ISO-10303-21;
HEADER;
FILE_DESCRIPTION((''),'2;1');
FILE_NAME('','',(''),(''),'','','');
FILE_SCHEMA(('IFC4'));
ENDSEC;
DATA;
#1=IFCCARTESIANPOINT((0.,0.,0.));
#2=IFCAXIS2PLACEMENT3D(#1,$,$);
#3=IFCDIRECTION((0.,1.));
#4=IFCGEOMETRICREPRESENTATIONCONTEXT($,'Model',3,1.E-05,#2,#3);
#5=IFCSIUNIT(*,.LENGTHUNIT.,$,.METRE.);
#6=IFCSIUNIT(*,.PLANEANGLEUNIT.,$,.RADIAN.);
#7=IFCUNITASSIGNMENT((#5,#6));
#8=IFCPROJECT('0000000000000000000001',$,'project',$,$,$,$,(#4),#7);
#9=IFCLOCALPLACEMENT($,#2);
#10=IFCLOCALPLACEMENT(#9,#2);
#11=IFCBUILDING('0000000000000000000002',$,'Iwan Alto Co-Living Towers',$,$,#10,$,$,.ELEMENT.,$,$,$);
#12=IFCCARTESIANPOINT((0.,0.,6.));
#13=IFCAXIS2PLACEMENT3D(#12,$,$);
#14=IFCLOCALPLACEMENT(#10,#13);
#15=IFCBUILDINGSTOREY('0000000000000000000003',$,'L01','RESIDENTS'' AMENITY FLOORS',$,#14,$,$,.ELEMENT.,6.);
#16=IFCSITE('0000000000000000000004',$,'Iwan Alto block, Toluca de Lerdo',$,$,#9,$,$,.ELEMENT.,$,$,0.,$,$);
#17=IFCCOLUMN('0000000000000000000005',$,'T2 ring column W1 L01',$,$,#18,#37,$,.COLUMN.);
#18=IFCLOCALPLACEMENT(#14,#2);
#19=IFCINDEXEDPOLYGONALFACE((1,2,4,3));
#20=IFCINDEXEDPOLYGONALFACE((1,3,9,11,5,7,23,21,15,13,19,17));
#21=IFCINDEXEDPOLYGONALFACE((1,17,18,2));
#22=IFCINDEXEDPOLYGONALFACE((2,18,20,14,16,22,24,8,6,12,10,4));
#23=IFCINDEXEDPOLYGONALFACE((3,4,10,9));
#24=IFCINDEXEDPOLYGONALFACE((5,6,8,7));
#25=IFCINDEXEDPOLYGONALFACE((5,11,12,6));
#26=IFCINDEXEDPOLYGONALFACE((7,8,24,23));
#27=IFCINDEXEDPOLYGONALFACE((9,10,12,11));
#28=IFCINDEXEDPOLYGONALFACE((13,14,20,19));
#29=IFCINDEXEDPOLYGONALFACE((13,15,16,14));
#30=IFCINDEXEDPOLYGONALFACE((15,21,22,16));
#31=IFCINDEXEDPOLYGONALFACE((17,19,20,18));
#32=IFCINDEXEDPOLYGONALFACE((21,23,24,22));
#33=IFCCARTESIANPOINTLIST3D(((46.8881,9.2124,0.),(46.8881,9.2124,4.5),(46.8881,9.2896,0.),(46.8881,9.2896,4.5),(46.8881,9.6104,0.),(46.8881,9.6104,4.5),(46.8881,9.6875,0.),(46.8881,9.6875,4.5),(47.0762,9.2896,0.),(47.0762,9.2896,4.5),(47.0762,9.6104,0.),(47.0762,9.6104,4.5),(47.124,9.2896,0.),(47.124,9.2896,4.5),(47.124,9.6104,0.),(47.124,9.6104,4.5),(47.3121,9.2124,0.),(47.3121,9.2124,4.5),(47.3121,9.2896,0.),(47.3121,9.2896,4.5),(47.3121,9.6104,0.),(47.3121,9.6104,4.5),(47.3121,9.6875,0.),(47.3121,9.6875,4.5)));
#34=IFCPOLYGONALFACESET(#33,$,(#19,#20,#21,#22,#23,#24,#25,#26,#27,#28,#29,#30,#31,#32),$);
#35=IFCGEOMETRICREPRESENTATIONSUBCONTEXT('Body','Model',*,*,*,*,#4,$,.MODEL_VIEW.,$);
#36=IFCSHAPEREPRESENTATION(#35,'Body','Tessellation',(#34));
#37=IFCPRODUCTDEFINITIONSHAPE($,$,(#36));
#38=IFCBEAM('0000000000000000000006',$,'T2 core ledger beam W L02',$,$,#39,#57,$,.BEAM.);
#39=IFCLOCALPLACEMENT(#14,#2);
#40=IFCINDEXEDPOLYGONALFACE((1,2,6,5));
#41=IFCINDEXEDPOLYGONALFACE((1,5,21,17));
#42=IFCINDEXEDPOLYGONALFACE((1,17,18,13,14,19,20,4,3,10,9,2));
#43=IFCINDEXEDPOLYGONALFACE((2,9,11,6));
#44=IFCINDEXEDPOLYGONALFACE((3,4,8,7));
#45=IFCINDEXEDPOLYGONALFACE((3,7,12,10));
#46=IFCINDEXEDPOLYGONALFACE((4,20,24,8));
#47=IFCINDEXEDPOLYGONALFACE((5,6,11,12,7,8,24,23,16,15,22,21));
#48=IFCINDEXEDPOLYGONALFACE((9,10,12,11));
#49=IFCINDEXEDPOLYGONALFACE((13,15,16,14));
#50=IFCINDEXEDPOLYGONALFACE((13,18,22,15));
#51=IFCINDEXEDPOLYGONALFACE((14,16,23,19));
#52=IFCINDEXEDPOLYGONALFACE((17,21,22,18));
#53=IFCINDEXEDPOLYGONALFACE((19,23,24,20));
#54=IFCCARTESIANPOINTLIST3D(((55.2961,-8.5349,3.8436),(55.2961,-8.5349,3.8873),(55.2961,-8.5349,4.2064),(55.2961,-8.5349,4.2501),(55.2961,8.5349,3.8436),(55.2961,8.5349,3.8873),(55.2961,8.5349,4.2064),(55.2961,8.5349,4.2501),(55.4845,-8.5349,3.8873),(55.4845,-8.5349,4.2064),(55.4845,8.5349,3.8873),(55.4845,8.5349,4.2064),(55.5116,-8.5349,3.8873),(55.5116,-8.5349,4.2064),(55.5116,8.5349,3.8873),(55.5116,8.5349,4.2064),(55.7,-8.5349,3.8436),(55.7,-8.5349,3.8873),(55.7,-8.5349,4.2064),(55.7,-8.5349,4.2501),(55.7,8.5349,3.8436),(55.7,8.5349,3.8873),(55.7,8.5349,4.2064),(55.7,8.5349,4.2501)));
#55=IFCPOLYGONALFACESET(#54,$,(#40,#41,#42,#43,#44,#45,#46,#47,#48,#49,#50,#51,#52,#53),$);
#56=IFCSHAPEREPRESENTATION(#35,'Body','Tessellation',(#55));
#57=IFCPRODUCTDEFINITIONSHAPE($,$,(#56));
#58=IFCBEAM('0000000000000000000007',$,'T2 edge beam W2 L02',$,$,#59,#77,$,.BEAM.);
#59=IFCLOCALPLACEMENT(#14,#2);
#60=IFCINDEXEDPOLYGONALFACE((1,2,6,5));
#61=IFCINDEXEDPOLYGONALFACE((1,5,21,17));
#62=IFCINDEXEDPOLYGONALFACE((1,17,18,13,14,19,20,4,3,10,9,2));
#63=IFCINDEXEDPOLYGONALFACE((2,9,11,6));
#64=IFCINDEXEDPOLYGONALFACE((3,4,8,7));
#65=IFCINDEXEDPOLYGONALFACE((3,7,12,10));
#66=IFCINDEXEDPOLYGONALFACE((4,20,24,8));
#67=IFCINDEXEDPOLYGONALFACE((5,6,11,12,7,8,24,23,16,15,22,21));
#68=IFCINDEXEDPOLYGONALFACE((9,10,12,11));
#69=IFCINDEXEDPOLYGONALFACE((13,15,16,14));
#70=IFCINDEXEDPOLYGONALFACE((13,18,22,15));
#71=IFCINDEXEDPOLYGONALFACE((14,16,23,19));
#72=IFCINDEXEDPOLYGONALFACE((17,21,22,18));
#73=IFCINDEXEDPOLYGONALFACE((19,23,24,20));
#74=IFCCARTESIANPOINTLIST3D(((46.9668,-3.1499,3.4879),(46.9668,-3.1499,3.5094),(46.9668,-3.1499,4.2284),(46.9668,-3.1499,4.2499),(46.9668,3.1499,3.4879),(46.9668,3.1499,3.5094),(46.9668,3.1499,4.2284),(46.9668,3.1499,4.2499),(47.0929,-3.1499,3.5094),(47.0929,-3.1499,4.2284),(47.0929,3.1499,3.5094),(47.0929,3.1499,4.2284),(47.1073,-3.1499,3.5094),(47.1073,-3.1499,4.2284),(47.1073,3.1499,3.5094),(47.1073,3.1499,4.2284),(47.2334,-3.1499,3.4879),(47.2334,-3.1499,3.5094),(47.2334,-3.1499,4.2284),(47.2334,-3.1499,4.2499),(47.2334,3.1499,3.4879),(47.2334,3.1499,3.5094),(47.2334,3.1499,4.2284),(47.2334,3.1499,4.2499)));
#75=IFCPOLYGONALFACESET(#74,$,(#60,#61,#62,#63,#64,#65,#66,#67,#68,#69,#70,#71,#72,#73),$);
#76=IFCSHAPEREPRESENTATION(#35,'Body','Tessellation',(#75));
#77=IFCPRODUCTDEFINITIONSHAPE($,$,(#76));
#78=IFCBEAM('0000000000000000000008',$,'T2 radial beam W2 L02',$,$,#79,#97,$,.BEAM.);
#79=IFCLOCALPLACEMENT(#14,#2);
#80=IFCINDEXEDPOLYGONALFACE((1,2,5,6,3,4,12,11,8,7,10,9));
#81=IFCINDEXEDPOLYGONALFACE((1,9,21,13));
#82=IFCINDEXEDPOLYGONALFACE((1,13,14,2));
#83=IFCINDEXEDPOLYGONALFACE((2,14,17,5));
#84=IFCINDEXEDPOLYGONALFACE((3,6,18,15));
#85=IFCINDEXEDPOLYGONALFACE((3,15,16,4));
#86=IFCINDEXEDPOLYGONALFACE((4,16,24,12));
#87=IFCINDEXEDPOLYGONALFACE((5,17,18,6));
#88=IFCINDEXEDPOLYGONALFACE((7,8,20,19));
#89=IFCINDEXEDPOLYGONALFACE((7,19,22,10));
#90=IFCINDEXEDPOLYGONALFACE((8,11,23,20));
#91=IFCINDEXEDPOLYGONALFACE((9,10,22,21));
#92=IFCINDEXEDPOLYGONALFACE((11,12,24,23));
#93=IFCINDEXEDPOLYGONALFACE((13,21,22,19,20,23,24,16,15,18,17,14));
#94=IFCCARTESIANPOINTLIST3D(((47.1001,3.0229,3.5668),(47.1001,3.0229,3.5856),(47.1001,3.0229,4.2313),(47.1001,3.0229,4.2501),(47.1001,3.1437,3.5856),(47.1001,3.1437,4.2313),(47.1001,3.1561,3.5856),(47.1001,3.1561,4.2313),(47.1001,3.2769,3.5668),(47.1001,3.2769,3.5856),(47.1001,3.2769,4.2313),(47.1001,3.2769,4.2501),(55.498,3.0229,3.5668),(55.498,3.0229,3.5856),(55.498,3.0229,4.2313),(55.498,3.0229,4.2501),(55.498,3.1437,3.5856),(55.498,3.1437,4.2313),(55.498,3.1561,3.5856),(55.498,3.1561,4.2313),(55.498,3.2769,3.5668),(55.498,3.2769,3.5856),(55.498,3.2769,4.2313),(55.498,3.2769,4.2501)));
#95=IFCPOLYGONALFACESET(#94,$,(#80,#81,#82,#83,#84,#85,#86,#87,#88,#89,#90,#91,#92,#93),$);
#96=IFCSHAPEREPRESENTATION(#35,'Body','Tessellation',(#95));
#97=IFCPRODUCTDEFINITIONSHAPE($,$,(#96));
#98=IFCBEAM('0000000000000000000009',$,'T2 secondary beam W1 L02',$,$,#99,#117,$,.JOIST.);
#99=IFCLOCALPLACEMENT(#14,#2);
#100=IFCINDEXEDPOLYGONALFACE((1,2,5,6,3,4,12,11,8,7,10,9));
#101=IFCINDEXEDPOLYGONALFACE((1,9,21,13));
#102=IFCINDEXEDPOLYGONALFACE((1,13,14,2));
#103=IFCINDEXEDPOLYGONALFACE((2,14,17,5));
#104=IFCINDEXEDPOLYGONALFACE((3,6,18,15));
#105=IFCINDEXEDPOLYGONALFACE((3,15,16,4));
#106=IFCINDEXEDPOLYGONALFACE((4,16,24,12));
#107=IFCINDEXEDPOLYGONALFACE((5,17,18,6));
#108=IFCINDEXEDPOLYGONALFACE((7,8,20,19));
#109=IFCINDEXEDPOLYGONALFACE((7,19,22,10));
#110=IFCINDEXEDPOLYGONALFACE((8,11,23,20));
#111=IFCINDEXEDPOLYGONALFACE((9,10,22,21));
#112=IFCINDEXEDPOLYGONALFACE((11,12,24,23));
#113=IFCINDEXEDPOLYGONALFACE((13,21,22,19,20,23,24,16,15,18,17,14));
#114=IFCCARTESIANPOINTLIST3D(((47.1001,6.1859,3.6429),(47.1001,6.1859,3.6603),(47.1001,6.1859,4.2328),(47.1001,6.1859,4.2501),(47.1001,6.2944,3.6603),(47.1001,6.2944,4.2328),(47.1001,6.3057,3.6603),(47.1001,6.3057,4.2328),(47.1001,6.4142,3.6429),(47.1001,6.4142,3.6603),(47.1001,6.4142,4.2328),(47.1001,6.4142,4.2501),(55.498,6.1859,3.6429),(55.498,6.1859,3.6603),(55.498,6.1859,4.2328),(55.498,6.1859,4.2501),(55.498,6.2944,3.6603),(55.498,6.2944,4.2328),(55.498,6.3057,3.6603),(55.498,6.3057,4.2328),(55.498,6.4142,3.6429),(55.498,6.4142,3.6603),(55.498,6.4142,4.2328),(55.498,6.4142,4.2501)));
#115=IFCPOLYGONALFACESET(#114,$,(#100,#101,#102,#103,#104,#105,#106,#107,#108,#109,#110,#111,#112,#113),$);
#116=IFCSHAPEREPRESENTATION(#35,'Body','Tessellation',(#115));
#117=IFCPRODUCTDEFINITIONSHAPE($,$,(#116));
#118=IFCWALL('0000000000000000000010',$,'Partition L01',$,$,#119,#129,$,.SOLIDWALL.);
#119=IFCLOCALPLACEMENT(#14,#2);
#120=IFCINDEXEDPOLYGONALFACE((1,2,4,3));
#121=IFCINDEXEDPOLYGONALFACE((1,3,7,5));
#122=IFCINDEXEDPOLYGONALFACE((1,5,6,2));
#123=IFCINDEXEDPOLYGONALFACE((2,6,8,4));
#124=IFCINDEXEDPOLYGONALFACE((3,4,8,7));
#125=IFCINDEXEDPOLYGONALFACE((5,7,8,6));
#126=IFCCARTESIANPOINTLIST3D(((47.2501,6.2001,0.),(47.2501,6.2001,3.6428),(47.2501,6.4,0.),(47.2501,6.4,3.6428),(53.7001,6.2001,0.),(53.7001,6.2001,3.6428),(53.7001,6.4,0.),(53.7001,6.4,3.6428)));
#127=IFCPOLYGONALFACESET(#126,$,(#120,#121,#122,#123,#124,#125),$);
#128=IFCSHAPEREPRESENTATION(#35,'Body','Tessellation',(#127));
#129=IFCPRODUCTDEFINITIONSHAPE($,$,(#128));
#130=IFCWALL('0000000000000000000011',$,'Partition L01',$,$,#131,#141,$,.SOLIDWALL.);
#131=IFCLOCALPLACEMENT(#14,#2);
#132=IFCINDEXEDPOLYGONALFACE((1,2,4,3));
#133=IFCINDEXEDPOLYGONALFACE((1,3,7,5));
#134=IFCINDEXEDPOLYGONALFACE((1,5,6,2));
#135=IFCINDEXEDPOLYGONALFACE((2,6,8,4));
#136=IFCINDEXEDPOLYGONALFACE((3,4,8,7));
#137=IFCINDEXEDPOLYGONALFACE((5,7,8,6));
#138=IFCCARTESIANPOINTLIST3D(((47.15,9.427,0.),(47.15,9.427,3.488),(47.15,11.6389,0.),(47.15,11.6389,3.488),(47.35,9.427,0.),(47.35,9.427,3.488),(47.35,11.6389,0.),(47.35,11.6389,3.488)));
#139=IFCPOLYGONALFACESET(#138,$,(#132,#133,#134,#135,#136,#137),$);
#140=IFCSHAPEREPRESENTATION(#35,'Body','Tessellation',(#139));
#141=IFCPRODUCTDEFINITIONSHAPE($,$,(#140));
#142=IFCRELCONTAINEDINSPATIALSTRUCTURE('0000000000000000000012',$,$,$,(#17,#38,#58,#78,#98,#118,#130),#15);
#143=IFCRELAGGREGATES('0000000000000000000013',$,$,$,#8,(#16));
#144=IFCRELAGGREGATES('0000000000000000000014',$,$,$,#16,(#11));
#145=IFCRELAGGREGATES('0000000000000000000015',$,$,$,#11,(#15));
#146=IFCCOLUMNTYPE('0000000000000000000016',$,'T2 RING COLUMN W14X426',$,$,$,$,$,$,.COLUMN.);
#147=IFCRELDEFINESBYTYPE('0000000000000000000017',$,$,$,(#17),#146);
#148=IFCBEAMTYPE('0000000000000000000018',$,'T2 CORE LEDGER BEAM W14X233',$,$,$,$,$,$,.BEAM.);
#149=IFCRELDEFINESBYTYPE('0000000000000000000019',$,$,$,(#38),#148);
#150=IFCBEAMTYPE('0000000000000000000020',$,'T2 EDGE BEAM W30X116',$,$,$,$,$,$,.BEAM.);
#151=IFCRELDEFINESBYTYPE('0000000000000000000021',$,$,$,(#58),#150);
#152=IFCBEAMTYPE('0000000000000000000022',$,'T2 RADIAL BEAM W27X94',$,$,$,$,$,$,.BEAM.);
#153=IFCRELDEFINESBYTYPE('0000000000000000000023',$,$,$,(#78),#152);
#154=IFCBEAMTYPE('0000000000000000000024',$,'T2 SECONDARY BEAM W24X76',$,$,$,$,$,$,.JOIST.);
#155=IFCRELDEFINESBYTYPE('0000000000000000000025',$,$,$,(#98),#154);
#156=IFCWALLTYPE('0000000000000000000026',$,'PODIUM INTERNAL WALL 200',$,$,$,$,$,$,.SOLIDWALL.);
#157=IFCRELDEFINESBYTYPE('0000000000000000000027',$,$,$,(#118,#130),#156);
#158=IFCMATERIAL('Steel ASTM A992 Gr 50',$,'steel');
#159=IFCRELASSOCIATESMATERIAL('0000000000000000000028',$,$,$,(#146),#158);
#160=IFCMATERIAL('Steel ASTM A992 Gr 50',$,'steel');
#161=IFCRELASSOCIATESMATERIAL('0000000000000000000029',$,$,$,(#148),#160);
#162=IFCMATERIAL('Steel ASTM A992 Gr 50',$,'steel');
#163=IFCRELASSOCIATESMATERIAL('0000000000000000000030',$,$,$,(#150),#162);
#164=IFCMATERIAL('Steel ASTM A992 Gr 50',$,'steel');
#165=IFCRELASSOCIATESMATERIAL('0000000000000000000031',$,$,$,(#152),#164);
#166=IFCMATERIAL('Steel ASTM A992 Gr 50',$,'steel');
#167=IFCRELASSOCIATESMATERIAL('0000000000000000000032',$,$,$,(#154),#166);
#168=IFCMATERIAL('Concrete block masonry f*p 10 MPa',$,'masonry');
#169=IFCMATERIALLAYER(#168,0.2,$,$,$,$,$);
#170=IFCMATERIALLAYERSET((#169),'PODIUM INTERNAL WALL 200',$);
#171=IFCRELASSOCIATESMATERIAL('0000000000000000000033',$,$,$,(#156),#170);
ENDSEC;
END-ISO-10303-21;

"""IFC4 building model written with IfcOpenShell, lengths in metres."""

from ifc_helpers import new_model, si_unit, direction, frame, frame_2d, origin, origin_2d, place, context, subcontext, project, spatial, rectangle, i_section, extrude, material, layer, layer_set, material_profile, profile_set, type_object, element, save


model = new_model("IFC4")

# Units and contexts
model_context = context("Model", 3, precision=1e-05, world=origin(), true_north=direction((0.0, 1.0)))
body_context = subcontext(model_context, "Body", "Model", "MODEL_VIEW")
ifc_project = project(units=[si_unit("LENGTHUNIT", "METRE"), si_unit("PLANEANGLEUNIT", "RADIAN")], contexts=[model_context])

# Site, building, storey
site_placement = place(None, origin())
site = spatial("IfcSite", under=ifc_project, at=site_placement, Name="Iwan Alto block, Toluca de Lerdo", CompositionType="ELEMENT", RefElevation=0.0)
building_placement = place(site_placement, origin())
building = spatial("IfcBuilding", under=site, at=building_placement, Name="Iwan Alto Co-Living Towers", CompositionType="ELEMENT")
storey_placement = place(building_placement, frame((0.0, 0.0, 6.0)))
storey = spatial("IfcBuildingStorey", under=building, at=storey_placement, Name="L01", Description="RESIDENTS' AMENITY FLOORS", CompositionType="ELEMENT", Elevation=6.0)

# Column
ifc_material_1 = material(Name="Steel ASTM A992 Gr 50", Category="steel")
ifc_material_profile_1 = material_profile(ifc_material_1, i_section(OverallWidth=0.4241, OverallDepth=0.4751, WebThickness=0.0479, FlangeThickness=0.0771, at=origin_2d()), Name="W14X426")
ifc_profile_set_1 = profile_set([ifc_material_profile_1], Name="Steel ASTM A992 Gr 50")
column_type = type_object("IfcColumnType", Name="T2 RING COLUMN W14X426", PredefinedType="COLUMN", material=ifc_profile_set_1)
column_placement = place(storey_placement, frame((47.1001, 9.45, 0.0), z_axis=(0.0, 0.0, 1.0), x_axis=(1.0, 0.0, 0.0)))
element("IfcColumn", 1, at=column_placement, inside=storey, type_object=column_type, Name="T2 ring column W1 L01", PredefinedType="COLUMN", context=body_context, shape_type="SweptSolid", body=[
    extrude(i_section(OverallWidth=0.4241, OverallDepth=0.4751, WebThickness=0.0479, FlangeThickness=0.0771, at=origin_2d()), origin(), (0.0, 0.0, 1.0), 4.5),
])

# Beams
ifc_material_2 = material(Name="Steel ASTM A992 Gr 50", Category="steel")
ifc_material_profile_2 = material_profile(ifc_material_2, i_section(OverallWidth=0.4038, OverallDepth=0.4065, WebThickness=0.0271, FlangeThickness=0.0437, at=origin_2d()), Name="W14X233")
ifc_profile_set_2 = profile_set([ifc_material_profile_2], Name="Steel ASTM A992 Gr 50")
beam_type_1 = type_object("IfcBeamType", Name="T2 CORE LEDGER BEAM W14X233", PredefinedType="BEAM", material=ifc_profile_set_2)
beam_1_placement = place(storey_placement, frame((55.498, 8.5349, 4.0469), z_axis=(0.0, -1.0, 0.0), x_axis=(1.0, 0.0, 0.0)))
element("IfcBeam", 2, at=beam_1_placement, inside=storey, type_object=beam_type_1, Name="T2 core ledger beam W L02", PredefinedType="BEAM", context=body_context, shape_type="SweptSolid", body=[
    extrude(i_section(OverallWidth=0.4038, OverallDepth=0.4065, WebThickness=0.0271, FlangeThickness=0.0437, at=origin_2d()), origin(), (0.0, 0.0, 1.0), 17.0698),
])
ifc_material_3 = material(Name="Steel ASTM A992 Gr 50", Category="steel")
ifc_material_profile_3 = material_profile(ifc_material_3, i_section(OverallWidth=0.2666, OverallDepth=0.762, WebThickness=0.0144, FlangeThickness=0.0215, at=origin_2d()), Name="W30X116")
ifc_profile_set_3 = profile_set([ifc_material_profile_3], Name="Steel ASTM A992 Gr 50")
beam_type_2 = type_object("IfcBeamType", Name="T2 EDGE BEAM W30X116", PredefinedType="BEAM", material=ifc_profile_set_3)
beam_2_placement = place(storey_placement, frame((47.1001, 3.1499, 3.8689), z_axis=(0.0, -1.0, 0.0), x_axis=(1.0, 0.0, 0.0)))
element("IfcBeam", 3, at=beam_2_placement, inside=storey, type_object=beam_type_2, Name="T2 edge beam W2 L02", PredefinedType="BEAM", context=body_context, shape_type="SweptSolid", body=[
    extrude(i_section(OverallWidth=0.2666, OverallDepth=0.762, WebThickness=0.0144, FlangeThickness=0.0215, at=origin_2d()), origin(), (0.0, 0.0, 1.0), 6.2998),
])
ifc_material_4 = material(Name="Steel ASTM A992 Gr 50", Category="steel")
ifc_material_profile_4 = material_profile(ifc_material_4, i_section(OverallWidth=0.2539, OverallDepth=0.6833, WebThickness=0.0125, FlangeThickness=0.0188, at=origin_2d()), Name="W27X94")
ifc_profile_set_4 = profile_set([ifc_material_profile_4], Name="Steel ASTM A992 Gr 50")
beam_type_3 = type_object("IfcBeamType", Name="T2 RADIAL BEAM W27X94", PredefinedType="BEAM", material=ifc_profile_set_4)
beam_3_placement = place(storey_placement, frame((47.1001, 3.1499, 3.9084), z_axis=(1.0, 0.0, 0.0), x_axis=(0.0, 1.0, 0.0)))
element("IfcBeam", 4, at=beam_3_placement, inside=storey, type_object=beam_type_3, Name="T2 radial beam W2 L02", PredefinedType="BEAM", context=body_context, shape_type="SweptSolid", body=[
    extrude(i_section(OverallWidth=0.2539, OverallDepth=0.6833, WebThickness=0.0125, FlangeThickness=0.0188, at=origin_2d()), origin(), (0.0, 0.0, 1.0), 8.3979),
])
ifc_material_5 = material(Name="Steel ASTM A992 Gr 50", Category="steel")
ifc_material_profile_5 = material_profile(ifc_material_5, i_section(OverallWidth=0.2283, OverallDepth=0.6072, WebThickness=0.0112, FlangeThickness=0.0173, at=origin_2d()), Name="W24X76")
ifc_profile_set_5 = profile_set([ifc_material_profile_5], Name="Steel ASTM A992 Gr 50")
beam_type_4 = type_object("IfcBeamType", Name="T2 SECONDARY BEAM W24X76", PredefinedType="JOIST", material=ifc_profile_set_5)
beam_4_placement = place(storey_placement, frame((47.1001, 6.3, 3.9465), z_axis=(1.0, 0.0, 0.0), x_axis=(0.0, 1.0, 0.0)))
element("IfcBeam", 5, at=beam_4_placement, inside=storey, type_object=beam_type_4, Name="T2 secondary beam W1 L02", PredefinedType="JOIST", context=body_context, shape_type="SweptSolid", body=[
    extrude(i_section(OverallWidth=0.2283, OverallDepth=0.6072, WebThickness=0.0112, FlangeThickness=0.0173, at=origin_2d()), origin(), (0.0, 0.0, 1.0), 8.3979),
])

# Walls
ifc_material_6 = material(Name="Concrete block masonry f*p 10 MPa", Category="masonry")
ifc_layer_1 = layer(ifc_material_6, 0.2)
ifc_layer_set_1 = layer_set([ifc_layer_1], Name="PODIUM INTERNAL WALL 200")
wall_type_1 = type_object("IfcWallType", Name="PODIUM INTERNAL WALL 200", PredefinedType="SOLIDWALL", material=ifc_layer_set_1)
wall_1_placement = place(storey_placement, frame((47.25, 6.3, 0.0), z_axis=(0.0, 0.0, 1.0), x_axis=(1.0, 0.0, 0.0)))
element("IfcWall", 6, at=wall_1_placement, inside=storey, type_object=wall_type_1, Name="Partition L01", PredefinedType="SOLIDWALL", context=body_context, shape_type="SweptSolid", body=[
    extrude(rectangle(XDim=6.45, YDim=0.2, at=frame_2d((3.2251, 0.0))), origin(), (0.0, 0.0, 1.0), 3.6428),
])
wall_2_placement = place(storey_placement, frame((47.25, 9.427, 0.0), z_axis=(0.0, 0.0, 1.0), x_axis=(0.0, 1.0, 0.0)))
element("IfcWall", 7, at=wall_2_placement, inside=storey, type_object=wall_type_1, Name="Partition L01", PredefinedType="SOLIDWALL", context=body_context, shape_type="SweptSolid", body=[
    extrude(rectangle(XDim=2.2119, YDim=0.2, at=frame_2d((1.106, 0.0))), origin(), (0.0, 0.0, 1.0), 3.488),
])

save(model, "model.ifc")
